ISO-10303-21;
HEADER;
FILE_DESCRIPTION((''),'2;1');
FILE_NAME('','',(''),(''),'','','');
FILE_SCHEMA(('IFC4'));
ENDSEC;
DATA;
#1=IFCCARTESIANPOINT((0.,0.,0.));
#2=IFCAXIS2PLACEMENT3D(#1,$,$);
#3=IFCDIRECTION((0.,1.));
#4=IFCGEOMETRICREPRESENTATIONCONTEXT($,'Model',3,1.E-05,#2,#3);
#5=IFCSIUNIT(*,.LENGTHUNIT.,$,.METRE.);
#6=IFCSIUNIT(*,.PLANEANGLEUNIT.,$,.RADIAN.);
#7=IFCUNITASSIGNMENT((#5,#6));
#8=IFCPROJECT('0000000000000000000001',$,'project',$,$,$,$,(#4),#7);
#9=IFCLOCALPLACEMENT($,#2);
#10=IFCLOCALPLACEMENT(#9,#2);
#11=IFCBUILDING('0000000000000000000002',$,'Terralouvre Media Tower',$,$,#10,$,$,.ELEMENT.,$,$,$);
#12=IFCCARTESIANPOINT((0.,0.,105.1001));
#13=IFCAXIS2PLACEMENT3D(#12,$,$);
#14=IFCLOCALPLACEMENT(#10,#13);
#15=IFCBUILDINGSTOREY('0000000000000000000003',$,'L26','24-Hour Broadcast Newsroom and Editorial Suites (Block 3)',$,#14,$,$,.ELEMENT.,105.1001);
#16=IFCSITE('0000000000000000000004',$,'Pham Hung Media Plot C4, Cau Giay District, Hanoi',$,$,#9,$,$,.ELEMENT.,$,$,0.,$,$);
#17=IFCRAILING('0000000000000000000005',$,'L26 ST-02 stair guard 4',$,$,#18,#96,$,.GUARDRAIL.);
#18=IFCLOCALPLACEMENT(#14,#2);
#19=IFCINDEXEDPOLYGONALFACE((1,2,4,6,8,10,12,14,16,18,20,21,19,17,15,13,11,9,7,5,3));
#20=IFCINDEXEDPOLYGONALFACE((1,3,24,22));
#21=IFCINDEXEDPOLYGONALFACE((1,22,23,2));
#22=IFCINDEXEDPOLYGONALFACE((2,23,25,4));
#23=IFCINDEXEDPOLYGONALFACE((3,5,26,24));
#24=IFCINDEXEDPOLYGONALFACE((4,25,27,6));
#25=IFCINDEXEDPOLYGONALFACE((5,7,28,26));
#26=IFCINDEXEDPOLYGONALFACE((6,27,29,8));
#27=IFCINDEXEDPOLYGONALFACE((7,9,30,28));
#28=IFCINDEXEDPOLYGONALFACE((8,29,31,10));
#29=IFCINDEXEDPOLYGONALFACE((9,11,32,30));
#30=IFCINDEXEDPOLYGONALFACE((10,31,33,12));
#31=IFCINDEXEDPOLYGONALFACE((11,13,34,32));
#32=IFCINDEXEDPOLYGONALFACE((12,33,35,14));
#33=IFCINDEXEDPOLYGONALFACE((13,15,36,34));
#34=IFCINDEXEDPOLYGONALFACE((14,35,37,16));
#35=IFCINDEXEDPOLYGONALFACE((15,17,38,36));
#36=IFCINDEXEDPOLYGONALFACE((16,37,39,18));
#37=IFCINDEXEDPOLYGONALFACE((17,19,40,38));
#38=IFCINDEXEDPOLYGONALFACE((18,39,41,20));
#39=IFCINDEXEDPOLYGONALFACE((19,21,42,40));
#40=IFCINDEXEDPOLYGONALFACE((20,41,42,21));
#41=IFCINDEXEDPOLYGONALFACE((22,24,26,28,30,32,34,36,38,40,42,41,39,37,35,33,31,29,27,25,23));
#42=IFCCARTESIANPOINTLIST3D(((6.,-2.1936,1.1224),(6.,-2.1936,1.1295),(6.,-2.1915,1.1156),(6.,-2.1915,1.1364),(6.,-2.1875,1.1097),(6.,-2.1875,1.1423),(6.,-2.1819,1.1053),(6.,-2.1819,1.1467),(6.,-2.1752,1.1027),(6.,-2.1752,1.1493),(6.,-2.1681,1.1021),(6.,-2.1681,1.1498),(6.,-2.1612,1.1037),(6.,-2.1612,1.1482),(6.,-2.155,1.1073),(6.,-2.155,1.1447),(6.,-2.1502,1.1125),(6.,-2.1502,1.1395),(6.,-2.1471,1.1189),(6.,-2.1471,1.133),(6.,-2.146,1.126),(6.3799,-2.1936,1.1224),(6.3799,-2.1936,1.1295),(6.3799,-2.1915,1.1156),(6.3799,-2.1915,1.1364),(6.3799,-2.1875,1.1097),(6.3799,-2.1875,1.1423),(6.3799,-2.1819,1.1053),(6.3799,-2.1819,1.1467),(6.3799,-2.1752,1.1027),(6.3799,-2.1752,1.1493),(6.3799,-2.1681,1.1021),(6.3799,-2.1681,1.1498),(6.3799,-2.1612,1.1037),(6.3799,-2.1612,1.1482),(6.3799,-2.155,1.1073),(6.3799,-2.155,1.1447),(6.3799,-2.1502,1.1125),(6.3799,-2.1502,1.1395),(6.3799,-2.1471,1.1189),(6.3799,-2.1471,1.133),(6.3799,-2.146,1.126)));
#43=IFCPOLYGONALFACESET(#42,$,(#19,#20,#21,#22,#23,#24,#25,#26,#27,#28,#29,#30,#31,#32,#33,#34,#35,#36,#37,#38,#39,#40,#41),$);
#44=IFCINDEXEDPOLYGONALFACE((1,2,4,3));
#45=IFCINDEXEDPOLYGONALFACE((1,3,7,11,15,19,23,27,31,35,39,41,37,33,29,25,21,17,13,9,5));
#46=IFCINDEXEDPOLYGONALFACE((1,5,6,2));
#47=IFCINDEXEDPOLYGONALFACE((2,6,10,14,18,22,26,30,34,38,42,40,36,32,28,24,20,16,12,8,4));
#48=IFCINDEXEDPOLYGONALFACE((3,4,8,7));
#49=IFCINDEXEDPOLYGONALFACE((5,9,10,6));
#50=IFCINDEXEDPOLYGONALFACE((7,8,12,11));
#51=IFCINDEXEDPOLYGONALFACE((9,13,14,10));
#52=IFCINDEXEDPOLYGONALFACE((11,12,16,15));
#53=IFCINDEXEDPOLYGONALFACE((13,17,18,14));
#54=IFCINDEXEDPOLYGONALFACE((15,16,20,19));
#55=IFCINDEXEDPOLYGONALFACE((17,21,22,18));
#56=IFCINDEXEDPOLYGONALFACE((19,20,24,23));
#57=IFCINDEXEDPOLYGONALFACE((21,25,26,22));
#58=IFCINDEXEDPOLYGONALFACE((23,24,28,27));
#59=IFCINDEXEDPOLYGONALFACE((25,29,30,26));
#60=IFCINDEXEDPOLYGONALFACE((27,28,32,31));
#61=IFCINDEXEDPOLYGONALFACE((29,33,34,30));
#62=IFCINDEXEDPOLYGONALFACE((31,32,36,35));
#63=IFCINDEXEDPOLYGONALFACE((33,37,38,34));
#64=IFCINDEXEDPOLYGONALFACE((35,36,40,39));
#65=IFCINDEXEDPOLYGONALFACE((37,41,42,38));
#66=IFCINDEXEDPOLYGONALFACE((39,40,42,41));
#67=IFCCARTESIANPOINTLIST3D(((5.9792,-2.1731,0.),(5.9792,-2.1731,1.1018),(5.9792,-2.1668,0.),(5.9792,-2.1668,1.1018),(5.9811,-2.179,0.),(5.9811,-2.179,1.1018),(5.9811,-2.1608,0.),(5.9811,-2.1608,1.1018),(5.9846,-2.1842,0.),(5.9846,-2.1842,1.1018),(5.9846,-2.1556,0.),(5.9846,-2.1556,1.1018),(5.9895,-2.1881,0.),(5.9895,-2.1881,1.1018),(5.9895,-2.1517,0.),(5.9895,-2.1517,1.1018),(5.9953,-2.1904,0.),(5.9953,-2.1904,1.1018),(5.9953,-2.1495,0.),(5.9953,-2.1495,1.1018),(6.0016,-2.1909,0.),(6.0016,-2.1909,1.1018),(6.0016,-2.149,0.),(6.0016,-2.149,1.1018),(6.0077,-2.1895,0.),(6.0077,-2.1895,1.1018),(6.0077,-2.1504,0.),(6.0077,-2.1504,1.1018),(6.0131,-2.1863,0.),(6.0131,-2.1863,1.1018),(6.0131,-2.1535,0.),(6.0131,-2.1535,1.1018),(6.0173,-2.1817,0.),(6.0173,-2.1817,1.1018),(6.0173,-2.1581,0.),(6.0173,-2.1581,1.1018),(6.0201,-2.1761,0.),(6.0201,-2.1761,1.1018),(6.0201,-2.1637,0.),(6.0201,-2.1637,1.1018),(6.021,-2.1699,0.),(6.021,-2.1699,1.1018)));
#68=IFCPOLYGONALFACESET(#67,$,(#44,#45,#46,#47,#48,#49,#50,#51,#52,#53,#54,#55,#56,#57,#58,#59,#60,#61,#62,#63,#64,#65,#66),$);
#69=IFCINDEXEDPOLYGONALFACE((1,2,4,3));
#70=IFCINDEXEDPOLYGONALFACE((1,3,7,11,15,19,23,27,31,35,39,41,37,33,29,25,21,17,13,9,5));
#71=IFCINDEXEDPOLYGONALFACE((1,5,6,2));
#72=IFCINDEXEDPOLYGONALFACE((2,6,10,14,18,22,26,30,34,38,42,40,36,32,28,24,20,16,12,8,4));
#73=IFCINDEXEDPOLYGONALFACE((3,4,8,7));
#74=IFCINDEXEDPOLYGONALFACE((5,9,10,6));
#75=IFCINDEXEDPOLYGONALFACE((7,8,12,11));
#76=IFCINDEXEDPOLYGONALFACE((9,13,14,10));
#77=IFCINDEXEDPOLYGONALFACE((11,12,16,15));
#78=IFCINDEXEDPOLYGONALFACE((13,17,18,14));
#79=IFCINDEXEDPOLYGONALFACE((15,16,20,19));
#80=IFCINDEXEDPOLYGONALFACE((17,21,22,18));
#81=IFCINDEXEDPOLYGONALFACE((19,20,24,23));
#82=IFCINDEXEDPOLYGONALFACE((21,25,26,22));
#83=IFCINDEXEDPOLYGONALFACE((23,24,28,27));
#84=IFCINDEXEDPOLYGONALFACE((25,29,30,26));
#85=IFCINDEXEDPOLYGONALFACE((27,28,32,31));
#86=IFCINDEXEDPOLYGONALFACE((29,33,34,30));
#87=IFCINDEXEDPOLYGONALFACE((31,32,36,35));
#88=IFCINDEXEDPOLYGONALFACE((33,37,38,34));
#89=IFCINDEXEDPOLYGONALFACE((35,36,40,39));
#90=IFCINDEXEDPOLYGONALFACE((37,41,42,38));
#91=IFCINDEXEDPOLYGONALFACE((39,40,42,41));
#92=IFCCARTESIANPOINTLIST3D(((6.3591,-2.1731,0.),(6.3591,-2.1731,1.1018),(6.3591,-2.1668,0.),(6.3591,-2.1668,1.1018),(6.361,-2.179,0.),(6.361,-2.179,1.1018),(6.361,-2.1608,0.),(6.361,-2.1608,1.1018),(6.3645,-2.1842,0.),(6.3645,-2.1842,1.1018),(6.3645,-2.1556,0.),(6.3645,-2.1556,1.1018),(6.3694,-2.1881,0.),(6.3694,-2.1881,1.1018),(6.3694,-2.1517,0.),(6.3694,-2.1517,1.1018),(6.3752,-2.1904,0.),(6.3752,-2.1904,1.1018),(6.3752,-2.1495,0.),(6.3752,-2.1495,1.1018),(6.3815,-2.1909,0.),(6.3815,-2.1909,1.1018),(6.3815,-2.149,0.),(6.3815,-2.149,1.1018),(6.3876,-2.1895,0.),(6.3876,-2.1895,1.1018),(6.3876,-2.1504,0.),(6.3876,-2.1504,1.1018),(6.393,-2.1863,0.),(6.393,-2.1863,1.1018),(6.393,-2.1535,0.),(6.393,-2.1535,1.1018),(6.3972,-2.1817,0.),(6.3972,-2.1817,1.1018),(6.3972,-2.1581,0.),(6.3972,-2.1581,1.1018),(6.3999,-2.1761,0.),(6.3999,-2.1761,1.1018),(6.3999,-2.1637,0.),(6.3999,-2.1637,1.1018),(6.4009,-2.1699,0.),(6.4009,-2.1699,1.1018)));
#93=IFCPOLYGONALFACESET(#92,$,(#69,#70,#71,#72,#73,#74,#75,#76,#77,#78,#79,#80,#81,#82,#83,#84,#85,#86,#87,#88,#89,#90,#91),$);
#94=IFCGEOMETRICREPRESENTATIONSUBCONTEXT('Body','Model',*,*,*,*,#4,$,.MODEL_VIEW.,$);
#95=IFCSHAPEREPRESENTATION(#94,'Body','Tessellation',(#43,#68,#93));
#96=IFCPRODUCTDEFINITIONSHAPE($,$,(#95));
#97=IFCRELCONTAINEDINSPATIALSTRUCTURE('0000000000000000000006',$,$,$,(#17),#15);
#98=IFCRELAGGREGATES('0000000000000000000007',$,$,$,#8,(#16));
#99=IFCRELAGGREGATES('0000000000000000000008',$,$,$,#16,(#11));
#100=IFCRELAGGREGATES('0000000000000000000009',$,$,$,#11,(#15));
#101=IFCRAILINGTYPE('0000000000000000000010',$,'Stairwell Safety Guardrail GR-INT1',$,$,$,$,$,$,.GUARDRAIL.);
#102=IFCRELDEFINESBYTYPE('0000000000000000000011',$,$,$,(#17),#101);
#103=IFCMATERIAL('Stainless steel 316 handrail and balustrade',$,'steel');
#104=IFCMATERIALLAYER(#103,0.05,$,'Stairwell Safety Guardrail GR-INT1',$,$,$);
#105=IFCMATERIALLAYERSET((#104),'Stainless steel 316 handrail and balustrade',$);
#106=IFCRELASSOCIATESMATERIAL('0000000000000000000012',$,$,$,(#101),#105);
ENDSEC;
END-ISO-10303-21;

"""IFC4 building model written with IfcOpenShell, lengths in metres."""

from ifc_helpers import new_model, si_unit, direction, frame, origin, origin_2d, place, context, subcontext, project, spatial, circle, extrude, material, layer, layer_set, type_object, element, save


model = new_model("IFC4")

# Units and contexts
model_context = context("Model", 3, precision=1e-05, world=origin(), true_north=direction((0.0, 1.0)))
body_context = subcontext(model_context, "Body", "Model", "MODEL_VIEW")
ifc_project = project(units=[si_unit("LENGTHUNIT", "METRE"), si_unit("PLANEANGLEUNIT", "RADIAN")], contexts=[model_context])

# Site, building, storey
site_placement = place(None, origin())
site = spatial("IfcSite", under=ifc_project, at=site_placement, Name="Pham Hung Media Plot C4, Cau Giay District, Hanoi", CompositionType="ELEMENT", RefElevation=0.0)
building_placement = place(site_placement, origin())
building = spatial("IfcBuilding", under=site, at=building_placement, Name="Terralouvre Media Tower", CompositionType="ELEMENT")
storey_placement = place(building_placement, frame((0.0, 0.0, 105.1001)))
storey = spatial("IfcBuildingStorey", under=building, at=storey_placement, Name="L26", Description="24-Hour Broadcast Newsroom and Editorial Suites (Block 3)", CompositionType="ELEMENT", Elevation=105.1001)

# Railing
ifc_material_1 = material(Name="Stainless steel 316 handrail and balustrade", Category="steel")
ifc_layer_1 = layer(ifc_material_1, 0.05, Name="Stairwell Safety Guardrail GR-INT1")
ifc_layer_set_1 = layer_set([ifc_layer_1], Name="Stainless steel 316 handrail and balustrade")
railing_type_1 = type_object("IfcRailingType", Name="Stairwell Safety Guardrail GR-INT1", PredefinedType="GUARDRAIL", material=ifc_layer_set_1)
railing_1_placement = place(storey_placement, frame((6.0, -2.1699, 0.0)))
element("IfcRailing", 1, at=railing_1_placement, inside=storey, type_object=railing_type_1, Name="L26 ST-02 stair guard 4", PredefinedType="GUARDRAIL", context=body_context, shape_type="SweptSolid", body=[
    extrude(circle(Radius=0.0239, at=origin_2d()), frame((0.0, 0.0, 1.126), z_axis=(1.0, 0.0, 0.0), x_axis=(0.0, 1.0, 0.0)), (0.0, 0.0, 1.0), 0.3799),
    extrude(circle(Radius=0.021, at=origin_2d()), origin(), (0.0, 0.0, 1.0), 1.1018),
    extrude(circle(Radius=0.021, at=origin_2d()), frame((0.3799, 0.0, 0.0)), (0.0, 0.0, 1.0), 1.1018),
])

save(model, "model.ifc")
